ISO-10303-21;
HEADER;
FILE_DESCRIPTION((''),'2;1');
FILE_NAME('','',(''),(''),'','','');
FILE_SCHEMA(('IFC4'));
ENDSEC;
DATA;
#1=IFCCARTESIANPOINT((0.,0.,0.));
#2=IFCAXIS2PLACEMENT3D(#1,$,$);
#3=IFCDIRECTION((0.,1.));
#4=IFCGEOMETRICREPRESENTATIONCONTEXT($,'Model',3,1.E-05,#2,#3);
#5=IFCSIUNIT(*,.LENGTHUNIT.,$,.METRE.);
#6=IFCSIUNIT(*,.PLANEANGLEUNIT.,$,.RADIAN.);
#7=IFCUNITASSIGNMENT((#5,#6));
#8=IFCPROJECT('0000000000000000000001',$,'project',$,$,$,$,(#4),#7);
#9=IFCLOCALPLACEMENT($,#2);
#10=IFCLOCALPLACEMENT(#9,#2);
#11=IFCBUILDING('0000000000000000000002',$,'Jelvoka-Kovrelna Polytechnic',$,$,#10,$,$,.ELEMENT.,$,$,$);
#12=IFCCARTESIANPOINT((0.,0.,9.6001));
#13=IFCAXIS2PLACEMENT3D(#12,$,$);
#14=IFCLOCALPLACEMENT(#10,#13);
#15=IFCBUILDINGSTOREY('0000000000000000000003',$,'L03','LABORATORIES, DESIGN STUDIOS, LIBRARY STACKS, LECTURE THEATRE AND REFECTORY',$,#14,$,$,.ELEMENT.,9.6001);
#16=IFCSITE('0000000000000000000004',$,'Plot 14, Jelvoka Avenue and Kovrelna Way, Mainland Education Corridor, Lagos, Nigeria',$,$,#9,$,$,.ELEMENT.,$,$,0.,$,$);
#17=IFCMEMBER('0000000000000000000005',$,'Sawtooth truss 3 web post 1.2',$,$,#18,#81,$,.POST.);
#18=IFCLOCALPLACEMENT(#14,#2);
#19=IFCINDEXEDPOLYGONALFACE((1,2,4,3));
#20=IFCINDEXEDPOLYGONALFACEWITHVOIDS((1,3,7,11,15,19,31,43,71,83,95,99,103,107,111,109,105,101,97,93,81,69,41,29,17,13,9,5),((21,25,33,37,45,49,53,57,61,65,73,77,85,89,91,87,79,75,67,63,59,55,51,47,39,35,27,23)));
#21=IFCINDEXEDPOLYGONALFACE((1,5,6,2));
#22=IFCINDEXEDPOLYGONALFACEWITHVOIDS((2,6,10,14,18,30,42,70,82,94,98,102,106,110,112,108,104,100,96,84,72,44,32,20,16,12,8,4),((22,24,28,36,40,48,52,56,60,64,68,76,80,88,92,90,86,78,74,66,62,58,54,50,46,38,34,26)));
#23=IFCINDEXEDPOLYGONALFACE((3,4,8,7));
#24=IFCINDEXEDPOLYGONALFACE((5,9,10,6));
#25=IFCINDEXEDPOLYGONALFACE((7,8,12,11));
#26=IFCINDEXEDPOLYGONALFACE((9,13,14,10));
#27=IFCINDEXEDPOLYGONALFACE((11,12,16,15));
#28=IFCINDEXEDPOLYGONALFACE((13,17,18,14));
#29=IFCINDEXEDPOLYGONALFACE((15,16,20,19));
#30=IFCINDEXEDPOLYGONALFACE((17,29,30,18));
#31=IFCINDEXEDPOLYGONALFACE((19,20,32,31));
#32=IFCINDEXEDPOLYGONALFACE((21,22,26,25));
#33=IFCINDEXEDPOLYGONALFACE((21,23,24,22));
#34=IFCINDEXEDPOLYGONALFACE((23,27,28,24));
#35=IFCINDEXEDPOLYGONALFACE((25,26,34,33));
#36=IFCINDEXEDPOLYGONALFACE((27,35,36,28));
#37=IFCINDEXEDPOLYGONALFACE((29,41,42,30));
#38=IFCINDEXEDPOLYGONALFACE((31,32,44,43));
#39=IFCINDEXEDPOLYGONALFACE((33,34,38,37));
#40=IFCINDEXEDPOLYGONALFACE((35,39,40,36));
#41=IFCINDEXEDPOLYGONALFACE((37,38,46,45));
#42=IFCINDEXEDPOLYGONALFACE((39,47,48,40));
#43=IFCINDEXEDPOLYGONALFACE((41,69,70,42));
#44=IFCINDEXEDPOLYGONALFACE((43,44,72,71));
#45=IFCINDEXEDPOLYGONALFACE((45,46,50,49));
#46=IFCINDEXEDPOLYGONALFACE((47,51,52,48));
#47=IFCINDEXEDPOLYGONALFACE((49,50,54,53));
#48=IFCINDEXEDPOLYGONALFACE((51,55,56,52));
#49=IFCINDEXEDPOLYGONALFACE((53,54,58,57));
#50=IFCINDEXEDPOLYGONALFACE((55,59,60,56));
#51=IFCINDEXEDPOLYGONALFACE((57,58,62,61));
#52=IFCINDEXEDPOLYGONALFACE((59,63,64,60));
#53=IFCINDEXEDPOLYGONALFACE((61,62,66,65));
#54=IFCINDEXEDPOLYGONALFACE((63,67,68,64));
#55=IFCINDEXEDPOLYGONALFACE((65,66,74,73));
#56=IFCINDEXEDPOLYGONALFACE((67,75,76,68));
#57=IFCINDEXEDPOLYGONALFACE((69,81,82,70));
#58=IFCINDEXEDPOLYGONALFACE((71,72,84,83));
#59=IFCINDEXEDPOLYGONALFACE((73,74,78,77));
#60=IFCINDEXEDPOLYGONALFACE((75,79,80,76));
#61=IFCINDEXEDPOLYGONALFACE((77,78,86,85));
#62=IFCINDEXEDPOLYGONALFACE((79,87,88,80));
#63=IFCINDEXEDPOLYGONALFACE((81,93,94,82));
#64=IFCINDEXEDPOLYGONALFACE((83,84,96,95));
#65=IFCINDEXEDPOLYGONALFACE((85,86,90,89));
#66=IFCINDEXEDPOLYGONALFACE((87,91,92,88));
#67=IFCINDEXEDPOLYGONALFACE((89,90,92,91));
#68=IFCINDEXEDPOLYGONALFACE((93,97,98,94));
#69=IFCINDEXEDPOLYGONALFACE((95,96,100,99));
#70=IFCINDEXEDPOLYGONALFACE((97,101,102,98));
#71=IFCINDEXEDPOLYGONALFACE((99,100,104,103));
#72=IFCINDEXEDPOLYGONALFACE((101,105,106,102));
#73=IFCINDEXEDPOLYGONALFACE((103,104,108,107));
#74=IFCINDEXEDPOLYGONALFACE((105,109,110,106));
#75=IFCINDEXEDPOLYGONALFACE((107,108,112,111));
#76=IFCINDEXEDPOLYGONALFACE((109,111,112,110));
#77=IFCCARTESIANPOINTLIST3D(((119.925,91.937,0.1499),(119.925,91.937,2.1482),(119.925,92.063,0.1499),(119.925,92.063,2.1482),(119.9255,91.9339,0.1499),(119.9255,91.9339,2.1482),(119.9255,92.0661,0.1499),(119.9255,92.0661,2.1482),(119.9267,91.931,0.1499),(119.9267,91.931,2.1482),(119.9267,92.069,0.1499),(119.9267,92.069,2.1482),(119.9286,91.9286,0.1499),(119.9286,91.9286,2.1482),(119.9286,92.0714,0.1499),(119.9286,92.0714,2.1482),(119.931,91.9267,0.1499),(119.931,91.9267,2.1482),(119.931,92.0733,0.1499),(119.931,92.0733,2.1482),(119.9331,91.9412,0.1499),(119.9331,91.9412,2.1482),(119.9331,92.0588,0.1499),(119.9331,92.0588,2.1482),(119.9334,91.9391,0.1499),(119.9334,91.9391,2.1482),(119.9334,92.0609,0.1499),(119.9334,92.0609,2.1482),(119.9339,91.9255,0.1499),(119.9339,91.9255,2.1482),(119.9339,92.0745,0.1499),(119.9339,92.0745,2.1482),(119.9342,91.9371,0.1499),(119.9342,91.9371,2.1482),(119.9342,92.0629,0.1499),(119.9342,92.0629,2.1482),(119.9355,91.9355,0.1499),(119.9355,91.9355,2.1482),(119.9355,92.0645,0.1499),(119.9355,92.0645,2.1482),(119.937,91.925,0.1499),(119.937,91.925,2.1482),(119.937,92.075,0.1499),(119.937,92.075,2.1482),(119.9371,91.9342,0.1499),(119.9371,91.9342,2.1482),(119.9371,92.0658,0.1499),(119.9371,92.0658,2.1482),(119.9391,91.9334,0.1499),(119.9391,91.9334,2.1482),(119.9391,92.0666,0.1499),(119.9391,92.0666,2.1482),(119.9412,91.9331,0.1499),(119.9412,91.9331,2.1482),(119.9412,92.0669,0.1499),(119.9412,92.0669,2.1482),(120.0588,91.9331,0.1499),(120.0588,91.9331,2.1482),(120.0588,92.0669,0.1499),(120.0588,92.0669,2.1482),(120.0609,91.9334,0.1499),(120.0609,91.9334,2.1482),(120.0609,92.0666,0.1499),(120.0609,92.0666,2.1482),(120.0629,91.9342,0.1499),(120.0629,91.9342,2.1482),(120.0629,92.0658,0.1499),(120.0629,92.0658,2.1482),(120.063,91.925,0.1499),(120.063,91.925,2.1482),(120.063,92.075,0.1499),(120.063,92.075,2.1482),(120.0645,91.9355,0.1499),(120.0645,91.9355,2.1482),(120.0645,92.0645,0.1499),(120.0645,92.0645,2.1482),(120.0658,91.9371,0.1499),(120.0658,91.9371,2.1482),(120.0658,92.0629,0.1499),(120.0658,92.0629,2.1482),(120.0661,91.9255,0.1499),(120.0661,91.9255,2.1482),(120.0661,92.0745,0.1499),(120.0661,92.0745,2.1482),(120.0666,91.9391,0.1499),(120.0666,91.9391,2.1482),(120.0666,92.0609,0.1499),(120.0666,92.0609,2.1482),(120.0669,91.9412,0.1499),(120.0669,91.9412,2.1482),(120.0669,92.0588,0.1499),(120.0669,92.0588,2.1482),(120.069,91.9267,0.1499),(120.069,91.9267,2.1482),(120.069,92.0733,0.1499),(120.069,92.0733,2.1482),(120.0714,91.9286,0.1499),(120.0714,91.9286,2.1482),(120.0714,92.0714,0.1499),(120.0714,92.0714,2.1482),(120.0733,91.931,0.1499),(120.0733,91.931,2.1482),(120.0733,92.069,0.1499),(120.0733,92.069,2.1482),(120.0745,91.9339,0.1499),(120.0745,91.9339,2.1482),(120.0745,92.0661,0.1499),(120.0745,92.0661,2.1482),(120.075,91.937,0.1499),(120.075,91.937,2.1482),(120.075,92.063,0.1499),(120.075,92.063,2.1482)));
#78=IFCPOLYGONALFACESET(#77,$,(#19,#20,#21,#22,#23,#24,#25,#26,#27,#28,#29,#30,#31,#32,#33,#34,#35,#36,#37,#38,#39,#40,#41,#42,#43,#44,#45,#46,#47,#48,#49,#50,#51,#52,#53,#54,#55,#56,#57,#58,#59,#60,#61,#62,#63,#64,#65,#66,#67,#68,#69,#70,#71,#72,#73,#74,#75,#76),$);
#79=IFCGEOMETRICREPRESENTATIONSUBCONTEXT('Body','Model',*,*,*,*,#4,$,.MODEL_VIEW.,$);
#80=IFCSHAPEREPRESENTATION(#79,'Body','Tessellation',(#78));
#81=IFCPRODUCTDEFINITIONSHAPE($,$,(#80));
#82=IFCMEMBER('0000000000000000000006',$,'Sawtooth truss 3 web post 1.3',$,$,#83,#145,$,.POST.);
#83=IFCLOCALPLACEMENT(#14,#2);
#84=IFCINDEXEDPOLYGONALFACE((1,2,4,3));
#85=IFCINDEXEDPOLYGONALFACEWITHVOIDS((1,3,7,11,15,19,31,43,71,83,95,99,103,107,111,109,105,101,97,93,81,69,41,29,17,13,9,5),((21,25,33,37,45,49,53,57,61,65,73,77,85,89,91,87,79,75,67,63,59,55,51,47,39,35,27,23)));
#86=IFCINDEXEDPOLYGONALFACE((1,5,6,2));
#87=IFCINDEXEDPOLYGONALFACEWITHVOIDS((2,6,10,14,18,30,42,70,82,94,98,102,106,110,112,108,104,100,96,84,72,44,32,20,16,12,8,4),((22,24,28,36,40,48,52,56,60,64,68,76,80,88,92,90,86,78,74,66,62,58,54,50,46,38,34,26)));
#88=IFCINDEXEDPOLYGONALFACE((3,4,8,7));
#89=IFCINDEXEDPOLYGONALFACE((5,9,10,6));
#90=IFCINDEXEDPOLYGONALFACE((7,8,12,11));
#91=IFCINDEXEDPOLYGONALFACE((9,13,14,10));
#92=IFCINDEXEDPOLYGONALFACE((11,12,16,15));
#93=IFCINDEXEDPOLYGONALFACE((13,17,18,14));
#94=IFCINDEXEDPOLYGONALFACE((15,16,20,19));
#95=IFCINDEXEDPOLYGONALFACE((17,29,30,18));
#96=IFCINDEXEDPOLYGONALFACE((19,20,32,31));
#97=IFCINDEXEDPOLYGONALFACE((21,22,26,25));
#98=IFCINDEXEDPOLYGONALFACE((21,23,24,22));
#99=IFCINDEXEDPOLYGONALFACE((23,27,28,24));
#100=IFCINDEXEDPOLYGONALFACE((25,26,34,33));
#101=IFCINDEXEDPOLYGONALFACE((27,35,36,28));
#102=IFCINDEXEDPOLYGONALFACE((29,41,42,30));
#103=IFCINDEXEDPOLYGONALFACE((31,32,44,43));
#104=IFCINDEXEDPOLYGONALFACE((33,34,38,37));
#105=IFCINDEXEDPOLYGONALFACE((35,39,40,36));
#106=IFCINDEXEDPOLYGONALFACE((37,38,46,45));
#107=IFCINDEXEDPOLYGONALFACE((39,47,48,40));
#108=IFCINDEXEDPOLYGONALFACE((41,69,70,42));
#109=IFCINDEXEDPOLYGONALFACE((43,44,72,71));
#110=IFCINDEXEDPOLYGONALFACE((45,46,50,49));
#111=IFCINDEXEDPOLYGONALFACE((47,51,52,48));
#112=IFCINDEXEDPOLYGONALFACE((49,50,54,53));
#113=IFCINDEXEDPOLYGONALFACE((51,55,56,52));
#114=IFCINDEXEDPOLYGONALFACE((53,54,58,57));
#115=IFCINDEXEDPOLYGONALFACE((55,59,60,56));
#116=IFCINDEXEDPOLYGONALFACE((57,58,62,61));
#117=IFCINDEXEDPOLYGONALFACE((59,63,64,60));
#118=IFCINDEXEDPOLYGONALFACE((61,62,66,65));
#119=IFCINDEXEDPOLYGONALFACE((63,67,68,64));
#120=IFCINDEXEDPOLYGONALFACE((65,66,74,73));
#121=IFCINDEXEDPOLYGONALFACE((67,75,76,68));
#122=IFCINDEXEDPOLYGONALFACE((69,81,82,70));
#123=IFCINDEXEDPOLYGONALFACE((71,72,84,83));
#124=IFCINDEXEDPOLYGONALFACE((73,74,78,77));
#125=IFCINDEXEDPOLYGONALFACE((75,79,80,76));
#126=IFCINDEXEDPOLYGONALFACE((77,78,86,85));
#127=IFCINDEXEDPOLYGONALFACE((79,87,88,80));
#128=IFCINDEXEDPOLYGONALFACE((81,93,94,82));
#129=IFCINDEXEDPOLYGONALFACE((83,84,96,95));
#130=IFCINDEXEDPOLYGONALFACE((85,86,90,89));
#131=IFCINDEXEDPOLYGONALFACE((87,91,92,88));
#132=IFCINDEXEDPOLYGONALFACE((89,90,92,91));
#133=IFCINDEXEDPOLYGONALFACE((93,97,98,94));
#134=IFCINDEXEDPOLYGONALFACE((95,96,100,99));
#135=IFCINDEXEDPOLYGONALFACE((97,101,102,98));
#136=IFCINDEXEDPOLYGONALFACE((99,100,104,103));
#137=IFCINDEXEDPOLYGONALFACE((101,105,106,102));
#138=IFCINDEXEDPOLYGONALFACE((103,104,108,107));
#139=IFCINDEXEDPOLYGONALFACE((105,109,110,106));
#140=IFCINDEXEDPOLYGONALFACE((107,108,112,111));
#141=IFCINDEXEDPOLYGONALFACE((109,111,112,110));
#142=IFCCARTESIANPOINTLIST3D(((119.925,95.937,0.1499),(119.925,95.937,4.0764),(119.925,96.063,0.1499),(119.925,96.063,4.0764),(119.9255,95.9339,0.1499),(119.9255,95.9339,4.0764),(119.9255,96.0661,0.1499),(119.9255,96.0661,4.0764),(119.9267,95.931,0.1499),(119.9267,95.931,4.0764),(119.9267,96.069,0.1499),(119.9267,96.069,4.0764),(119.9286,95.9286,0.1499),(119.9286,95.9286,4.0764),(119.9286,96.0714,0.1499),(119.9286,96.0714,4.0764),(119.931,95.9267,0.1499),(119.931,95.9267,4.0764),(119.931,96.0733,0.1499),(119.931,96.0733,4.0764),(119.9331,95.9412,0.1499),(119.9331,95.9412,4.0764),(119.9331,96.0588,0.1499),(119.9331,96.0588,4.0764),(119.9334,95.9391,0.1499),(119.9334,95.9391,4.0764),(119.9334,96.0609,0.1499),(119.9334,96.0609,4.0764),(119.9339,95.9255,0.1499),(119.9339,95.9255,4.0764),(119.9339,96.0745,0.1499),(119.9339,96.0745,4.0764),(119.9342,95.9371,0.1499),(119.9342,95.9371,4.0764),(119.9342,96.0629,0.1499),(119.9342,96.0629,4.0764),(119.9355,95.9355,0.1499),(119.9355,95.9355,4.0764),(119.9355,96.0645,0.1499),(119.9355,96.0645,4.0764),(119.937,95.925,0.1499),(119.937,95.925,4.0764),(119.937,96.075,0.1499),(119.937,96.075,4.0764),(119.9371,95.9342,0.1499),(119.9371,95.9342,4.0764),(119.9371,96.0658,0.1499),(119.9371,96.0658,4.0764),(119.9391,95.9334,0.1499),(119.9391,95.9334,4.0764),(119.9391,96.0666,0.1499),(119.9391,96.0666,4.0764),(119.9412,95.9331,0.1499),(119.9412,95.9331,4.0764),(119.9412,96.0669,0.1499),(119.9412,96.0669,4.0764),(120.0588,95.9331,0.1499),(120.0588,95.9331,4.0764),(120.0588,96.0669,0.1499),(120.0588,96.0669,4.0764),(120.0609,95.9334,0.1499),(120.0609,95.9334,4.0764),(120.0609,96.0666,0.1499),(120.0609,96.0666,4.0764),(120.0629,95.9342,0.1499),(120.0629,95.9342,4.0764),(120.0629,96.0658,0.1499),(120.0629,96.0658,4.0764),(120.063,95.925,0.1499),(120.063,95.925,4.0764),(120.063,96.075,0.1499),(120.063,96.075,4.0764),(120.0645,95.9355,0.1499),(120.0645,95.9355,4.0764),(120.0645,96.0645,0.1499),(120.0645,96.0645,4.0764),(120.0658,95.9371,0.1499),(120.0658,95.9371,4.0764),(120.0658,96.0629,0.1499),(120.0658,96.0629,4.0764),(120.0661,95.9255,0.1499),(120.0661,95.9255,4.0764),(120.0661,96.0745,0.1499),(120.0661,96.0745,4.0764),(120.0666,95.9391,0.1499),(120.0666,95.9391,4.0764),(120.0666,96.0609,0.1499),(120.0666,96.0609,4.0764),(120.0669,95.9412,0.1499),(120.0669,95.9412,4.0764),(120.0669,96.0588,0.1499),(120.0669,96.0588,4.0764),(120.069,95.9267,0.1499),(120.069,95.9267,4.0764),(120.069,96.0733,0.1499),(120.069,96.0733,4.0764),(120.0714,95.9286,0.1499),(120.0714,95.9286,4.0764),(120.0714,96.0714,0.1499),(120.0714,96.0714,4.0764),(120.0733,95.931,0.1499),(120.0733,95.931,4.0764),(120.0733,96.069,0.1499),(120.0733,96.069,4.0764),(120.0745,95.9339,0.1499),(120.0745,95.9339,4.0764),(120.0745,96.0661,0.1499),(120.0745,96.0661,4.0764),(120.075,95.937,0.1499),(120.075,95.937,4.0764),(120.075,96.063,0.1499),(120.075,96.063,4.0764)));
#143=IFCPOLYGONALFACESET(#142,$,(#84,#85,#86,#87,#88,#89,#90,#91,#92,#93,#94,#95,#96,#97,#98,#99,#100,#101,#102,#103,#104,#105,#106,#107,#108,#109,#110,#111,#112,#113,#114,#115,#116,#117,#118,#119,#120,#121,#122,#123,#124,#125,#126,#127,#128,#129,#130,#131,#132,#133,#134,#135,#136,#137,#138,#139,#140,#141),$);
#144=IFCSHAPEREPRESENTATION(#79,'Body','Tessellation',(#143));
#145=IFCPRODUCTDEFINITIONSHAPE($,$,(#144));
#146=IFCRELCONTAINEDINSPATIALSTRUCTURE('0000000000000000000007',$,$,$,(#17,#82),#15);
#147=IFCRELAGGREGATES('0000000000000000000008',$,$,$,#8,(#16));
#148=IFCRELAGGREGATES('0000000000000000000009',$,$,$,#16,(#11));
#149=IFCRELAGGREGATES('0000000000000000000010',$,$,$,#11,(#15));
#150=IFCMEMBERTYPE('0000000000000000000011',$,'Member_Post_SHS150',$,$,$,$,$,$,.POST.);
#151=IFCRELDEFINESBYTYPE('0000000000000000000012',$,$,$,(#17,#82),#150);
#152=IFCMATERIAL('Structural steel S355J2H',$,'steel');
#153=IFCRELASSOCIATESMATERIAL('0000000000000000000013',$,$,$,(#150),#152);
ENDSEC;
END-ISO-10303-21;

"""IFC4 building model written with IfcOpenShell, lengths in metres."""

from ifc_helpers import new_model, si_unit, direction, frame, origin, origin_2d, place, context, subcontext, project, spatial, hollow_rectangle, extrude, material, material_profile, profile_set, type_object, element, save


model = new_model("IFC4")

# Units and contexts
model_context = context("Model", 3, precision=1e-05, world=origin(), true_north=direction((0.0, 1.0)))
body_context = subcontext(model_context, "Body", "Model", "MODEL_VIEW")
ifc_project = project(units=[si_unit("LENGTHUNIT", "METRE"), si_unit("PLANEANGLEUNIT", "RADIAN")], contexts=[model_context])

# Site, building, storey
site_placement = place(None, origin())
site = spatial("IfcSite", under=ifc_project, at=site_placement, Name="Plot 14, Jelvoka Avenue and Kovrelna Way, Mainland Education Corridor, Lagos, Nigeria", CompositionType="ELEMENT", RefElevation=0.0)
building_placement = place(site_placement, origin())
building = spatial("IfcBuilding", under=site, at=building_placement, Name="Jelvoka-Kovrelna Polytechnic", CompositionType="ELEMENT")
storey_placement = place(building_placement, frame((0.0, 0.0, 9.6001)))
storey = spatial("IfcBuildingStorey", under=building, at=storey_placement, Name="L03", Description="LABORATORIES, DESIGN STUDIOS, LIBRARY STACKS, LECTURE THEATRE AND REFECTORY", CompositionType="ELEMENT", Elevation=9.6001)

# Members
ifc_material_1 = material(Name="Structural steel S355J2H", Category="steel")
ifc_material_profile_1 = material_profile(ifc_material_1, hollow_rectangle(XDim=0.1499, YDim=0.1499, WallThickness=0.0081, InnerFilletRadius=0.0081, OuterFilletRadius=0.012, at=origin_2d()), Name="150x150x8.0 SHS")
ifc_profile_set_1 = profile_set([ifc_material_profile_1], Name="Structural steel S355J2H")
member_type_1 = type_object("IfcMemberType", Name="Member_Post_SHS150", PredefinedType="POST", material=ifc_profile_set_1)
member_1_placement = place(storey_placement, frame((120.0, 92.0, 0.1499), z_axis=(0.0, 0.0, 1.0), x_axis=(1.0, 0.0, 0.0)))
element("IfcMember", 1, at=member_1_placement, inside=storey, type_object=member_type_1, Name="Sawtooth truss 3 web post 1.2", PredefinedType="POST", context=body_context, shape_type="SweptSolid", body=[
    extrude(hollow_rectangle(XDim=0.1499, YDim=0.1499, WallThickness=0.0081, InnerFilletRadius=0.0081, OuterFilletRadius=0.012, at=origin_2d()), origin(), (0.0, 0.0, 1.0), 1.9983),
])
member_2_placement = place(storey_placement, frame((120.0, 96.0, 0.1499), z_axis=(0.0, 0.0, 1.0), x_axis=(1.0, 0.0, 0.0)))
element("IfcMember", 2, at=member_2_placement, inside=storey, type_object=member_type_1, Name="Sawtooth truss 3 web post 1.3", PredefinedType="POST", context=body_context, shape_type="SweptSolid", body=[
    extrude(hollow_rectangle(XDim=0.1499, YDim=0.1499, WallThickness=0.0081, InnerFilletRadius=0.0081, OuterFilletRadius=0.012, at=origin_2d()), origin(), (0.0, 0.0, 1.0), 3.9265),
])

save(model, "model.ifc")
